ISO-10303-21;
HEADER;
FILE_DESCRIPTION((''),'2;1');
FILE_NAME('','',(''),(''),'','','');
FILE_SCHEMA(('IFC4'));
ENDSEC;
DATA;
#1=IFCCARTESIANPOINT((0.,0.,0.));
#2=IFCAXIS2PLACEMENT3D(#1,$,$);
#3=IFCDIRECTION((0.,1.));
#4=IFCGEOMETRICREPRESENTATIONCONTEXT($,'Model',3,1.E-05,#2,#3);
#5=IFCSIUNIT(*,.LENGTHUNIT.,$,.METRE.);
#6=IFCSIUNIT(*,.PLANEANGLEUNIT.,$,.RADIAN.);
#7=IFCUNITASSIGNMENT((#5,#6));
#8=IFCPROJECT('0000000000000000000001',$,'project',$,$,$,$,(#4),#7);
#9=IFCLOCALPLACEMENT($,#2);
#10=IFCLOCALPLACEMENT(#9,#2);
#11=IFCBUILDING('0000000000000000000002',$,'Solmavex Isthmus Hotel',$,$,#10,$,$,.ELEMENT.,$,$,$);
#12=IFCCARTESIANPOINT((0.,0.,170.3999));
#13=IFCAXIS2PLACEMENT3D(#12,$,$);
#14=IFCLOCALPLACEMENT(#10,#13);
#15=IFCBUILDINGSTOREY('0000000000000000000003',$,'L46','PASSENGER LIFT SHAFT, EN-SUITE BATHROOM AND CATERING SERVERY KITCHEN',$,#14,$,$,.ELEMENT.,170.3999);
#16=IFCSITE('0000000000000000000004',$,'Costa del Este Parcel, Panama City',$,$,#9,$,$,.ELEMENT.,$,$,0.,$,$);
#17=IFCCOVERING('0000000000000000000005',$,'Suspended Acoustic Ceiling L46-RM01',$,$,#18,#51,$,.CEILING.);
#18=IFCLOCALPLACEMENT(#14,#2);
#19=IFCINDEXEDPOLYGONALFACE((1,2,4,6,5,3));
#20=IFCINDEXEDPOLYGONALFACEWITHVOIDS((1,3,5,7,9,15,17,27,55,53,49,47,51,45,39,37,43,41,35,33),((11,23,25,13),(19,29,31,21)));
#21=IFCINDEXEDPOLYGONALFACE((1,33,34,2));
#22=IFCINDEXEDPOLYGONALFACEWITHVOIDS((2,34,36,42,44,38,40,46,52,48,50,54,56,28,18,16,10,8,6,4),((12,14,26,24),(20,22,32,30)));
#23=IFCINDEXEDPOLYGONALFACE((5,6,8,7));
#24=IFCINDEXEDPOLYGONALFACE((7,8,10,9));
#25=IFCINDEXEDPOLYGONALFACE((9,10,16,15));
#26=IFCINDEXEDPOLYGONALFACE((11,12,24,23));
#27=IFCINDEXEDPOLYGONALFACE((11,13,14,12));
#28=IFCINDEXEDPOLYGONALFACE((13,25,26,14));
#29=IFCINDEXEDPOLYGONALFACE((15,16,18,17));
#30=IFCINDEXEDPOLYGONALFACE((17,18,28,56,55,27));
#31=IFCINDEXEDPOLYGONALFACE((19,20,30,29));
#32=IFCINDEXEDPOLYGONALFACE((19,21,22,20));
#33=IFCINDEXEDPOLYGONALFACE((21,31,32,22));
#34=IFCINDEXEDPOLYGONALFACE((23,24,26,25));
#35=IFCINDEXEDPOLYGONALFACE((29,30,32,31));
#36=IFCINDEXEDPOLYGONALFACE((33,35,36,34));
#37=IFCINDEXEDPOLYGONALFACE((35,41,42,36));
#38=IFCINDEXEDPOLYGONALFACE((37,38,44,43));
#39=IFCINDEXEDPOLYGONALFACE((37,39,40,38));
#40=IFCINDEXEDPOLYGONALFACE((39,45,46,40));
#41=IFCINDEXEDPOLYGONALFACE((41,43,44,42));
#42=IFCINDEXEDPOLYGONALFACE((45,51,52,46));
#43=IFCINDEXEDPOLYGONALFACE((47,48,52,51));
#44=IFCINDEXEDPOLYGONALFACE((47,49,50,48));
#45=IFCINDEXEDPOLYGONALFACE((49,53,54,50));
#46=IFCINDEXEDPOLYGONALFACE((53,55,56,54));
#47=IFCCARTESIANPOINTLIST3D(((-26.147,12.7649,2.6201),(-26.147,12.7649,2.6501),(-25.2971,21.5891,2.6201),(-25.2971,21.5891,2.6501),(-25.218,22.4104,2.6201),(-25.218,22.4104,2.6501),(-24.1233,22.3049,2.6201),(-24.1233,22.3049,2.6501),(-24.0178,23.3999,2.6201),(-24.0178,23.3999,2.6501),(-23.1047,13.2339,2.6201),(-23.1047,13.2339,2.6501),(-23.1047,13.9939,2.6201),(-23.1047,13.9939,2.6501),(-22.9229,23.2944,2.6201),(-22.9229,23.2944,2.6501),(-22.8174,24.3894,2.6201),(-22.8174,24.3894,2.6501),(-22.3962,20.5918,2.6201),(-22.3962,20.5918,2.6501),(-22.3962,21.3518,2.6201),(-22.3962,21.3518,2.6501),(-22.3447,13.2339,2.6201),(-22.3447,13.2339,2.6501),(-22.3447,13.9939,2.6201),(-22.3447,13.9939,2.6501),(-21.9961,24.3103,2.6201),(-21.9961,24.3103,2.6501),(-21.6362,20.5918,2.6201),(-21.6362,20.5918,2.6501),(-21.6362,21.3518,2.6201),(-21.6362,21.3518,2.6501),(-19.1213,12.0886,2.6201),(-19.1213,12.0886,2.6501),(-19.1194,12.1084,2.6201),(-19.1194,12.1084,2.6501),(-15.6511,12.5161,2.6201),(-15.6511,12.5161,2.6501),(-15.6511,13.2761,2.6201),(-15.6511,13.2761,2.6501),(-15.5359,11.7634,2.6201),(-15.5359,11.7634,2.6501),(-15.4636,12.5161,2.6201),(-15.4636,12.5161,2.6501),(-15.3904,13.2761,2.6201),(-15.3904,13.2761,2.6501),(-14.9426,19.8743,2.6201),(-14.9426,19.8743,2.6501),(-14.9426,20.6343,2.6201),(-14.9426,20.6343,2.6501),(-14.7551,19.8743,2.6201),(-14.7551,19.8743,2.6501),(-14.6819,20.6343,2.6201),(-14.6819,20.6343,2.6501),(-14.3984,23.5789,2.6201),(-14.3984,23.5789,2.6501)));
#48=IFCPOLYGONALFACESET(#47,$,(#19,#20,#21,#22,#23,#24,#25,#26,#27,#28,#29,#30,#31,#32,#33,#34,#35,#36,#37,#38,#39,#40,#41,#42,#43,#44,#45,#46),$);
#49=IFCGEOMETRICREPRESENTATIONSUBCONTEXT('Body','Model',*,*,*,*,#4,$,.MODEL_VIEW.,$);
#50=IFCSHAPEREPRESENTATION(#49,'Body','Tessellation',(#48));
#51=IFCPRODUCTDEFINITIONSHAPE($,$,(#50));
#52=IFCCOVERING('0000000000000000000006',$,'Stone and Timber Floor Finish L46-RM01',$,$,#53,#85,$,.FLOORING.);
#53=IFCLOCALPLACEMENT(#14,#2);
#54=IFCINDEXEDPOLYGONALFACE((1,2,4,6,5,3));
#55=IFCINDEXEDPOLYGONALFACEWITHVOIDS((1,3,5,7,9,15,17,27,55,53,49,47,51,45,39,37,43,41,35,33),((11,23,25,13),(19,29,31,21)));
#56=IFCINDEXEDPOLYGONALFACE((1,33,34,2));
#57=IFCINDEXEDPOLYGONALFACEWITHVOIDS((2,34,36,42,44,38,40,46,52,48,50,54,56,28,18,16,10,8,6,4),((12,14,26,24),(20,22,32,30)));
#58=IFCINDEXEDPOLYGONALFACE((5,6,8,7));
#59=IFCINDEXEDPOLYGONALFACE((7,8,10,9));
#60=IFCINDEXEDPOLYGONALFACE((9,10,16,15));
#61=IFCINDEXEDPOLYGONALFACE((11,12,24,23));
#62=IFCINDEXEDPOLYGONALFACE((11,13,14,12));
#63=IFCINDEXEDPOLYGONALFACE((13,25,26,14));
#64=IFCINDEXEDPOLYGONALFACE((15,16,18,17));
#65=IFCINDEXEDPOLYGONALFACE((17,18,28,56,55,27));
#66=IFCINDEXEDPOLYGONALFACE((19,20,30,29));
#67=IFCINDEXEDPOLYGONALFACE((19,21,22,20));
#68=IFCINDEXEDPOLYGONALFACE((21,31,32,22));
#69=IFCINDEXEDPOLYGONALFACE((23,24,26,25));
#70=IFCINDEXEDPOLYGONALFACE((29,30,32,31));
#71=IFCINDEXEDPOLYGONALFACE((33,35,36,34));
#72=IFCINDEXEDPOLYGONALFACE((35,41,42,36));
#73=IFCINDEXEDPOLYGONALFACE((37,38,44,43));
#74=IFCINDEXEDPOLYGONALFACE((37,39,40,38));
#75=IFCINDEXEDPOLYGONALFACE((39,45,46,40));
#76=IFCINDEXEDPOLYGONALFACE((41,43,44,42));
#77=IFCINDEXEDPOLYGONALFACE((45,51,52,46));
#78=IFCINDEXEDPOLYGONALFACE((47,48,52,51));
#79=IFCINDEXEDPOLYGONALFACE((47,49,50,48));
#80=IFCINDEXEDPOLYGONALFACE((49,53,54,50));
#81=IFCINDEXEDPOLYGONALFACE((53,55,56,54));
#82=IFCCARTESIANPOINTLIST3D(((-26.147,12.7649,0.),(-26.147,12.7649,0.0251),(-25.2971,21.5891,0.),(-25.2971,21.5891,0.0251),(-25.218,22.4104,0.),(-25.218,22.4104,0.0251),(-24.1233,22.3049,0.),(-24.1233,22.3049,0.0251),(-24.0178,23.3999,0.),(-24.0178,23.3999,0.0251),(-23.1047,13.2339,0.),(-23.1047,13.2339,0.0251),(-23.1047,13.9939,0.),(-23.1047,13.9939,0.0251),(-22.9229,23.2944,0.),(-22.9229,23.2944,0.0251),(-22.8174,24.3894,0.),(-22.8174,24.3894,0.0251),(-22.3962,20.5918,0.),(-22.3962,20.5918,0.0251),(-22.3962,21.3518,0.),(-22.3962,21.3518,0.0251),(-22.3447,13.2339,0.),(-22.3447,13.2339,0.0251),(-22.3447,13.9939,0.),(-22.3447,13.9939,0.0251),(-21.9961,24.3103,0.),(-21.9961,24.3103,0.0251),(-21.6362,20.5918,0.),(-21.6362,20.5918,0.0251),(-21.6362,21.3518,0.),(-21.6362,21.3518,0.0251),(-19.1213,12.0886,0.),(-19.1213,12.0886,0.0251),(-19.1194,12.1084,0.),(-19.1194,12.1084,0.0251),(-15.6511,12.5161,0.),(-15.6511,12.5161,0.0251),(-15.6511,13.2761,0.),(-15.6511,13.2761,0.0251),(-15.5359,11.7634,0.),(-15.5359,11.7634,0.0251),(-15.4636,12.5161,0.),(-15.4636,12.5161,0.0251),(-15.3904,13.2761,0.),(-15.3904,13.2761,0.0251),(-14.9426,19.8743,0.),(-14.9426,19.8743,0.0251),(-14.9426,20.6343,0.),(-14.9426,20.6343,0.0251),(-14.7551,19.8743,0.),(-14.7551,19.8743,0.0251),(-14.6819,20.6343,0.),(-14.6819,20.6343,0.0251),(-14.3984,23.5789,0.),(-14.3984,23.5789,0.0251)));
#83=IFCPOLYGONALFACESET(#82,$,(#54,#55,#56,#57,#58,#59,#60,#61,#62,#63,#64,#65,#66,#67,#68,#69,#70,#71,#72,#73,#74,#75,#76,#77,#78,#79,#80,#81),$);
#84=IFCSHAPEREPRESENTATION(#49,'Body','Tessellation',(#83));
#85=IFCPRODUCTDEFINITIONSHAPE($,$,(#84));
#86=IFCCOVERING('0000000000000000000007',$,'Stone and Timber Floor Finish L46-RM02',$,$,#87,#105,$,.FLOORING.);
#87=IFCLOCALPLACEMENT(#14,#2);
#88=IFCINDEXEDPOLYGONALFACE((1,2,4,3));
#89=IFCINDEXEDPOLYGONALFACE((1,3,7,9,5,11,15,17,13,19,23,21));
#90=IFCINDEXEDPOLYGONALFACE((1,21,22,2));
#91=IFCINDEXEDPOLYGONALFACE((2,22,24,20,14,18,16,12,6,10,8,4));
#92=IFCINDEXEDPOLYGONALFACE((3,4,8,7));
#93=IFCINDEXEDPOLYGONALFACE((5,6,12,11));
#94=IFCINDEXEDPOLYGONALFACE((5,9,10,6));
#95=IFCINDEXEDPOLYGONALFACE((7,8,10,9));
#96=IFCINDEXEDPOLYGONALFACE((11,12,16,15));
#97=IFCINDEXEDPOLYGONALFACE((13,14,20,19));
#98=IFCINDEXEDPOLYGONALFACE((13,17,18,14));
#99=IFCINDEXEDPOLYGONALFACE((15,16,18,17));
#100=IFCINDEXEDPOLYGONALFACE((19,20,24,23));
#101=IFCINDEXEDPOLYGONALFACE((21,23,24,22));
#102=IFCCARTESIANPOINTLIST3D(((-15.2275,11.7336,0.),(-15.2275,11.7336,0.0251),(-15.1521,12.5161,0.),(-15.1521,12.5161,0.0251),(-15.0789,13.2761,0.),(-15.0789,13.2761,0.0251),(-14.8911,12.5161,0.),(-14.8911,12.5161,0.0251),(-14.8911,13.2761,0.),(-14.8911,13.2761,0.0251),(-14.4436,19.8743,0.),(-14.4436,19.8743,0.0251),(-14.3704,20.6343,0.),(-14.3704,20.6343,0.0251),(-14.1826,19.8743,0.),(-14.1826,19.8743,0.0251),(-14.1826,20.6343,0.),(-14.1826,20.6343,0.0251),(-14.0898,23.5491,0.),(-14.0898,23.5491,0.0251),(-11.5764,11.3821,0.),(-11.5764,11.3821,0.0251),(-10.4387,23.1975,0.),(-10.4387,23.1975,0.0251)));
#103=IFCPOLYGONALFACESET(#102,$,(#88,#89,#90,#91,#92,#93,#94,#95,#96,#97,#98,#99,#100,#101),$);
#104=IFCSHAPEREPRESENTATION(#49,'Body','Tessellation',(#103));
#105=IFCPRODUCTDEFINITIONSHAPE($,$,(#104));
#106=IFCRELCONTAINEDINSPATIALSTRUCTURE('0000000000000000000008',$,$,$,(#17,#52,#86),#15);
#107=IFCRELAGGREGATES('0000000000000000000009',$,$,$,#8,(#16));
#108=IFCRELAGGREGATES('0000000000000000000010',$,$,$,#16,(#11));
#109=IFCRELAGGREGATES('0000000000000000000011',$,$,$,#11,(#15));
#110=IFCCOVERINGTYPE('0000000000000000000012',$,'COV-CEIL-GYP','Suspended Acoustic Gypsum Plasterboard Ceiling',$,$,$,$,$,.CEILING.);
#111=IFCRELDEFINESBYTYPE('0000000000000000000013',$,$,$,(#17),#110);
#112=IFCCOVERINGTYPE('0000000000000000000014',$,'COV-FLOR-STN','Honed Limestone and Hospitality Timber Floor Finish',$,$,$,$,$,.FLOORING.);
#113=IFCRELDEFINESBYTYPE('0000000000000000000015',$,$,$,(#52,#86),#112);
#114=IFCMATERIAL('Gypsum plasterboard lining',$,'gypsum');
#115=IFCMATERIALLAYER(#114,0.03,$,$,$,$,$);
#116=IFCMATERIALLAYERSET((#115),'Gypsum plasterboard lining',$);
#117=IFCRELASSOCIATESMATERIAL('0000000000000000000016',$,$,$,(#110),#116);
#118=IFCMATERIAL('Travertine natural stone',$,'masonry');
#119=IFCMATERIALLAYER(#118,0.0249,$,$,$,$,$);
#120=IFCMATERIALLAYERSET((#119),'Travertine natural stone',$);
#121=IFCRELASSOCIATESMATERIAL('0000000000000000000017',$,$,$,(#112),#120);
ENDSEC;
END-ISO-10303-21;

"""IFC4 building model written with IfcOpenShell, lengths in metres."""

from ifc_helpers import new_model, si_unit, direction, frame, origin, place, context, subcontext, project, spatial, polyline, outline, extrude, material, layer, layer_set, type_object, element, save


model = new_model("IFC4")

# Units and contexts
model_context = context("Model", 3, precision=1e-05, world=origin(), true_north=direction((0.0, 1.0)))
body_context = subcontext(model_context, "Body", "Model", "MODEL_VIEW")
ifc_project = project(units=[si_unit("LENGTHUNIT", "METRE"), si_unit("PLANEANGLEUNIT", "RADIAN")], contexts=[model_context])

# Site, building, storey
site_placement = place(None, origin())
site = spatial("IfcSite", under=ifc_project, at=site_placement, Name="Costa del Este Parcel, Panama City", CompositionType="ELEMENT", RefElevation=0.0)
building_placement = place(site_placement, origin())
building = spatial("IfcBuilding", under=site, at=building_placement, Name="Solmavex Isthmus Hotel", CompositionType="ELEMENT")
storey_placement = place(building_placement, frame((0.0, 0.0, 170.3999)))
storey = spatial("IfcBuildingStorey", under=building, at=storey_placement, Name="L46", Description="PASSENGER LIFT SHAFT, EN-SUITE BATHROOM AND CATERING SERVERY KITCHEN", CompositionType="ELEMENT", Elevation=170.3999)

# Shared definitions
ifc_material_1 = material(Name="Gypsum plasterboard lining", Category="gypsum")

# Coverings
ifc_layer_1 = layer(ifc_material_1, 0.03)
ifc_layer_set_1 = layer_set([ifc_layer_1], Name="Gypsum plasterboard lining")
covering_type_1 = type_object("IfcCoveringType", Name="COV-CEIL-GYP", Description="Suspended Acoustic Gypsum Plasterboard Ceiling", PredefinedType="CEILING", material=ifc_layer_set_1)
covering_1_placement = place(storey_placement, frame((0.0, 0.0, 2.6201)))
element("IfcCovering", 1, at=covering_1_placement, inside=storey, type_object=covering_type_1, Name="Suspended Acoustic Ceiling L46-RM01", PredefinedType="CEILING", context=body_context, shape_type="SweptSolid", body=[
    extrude(outline(polyline([(-19.1213, 12.0886), (-19.1194, 12.1084), (-15.5359, 11.7634), (-15.4636, 12.5161), (-15.6511, 12.5161), (-15.6511, 13.2761), (-15.3904, 13.2761), (-14.7551, 19.8743), (-14.9426, 19.8743), (-14.9426, 20.6343), (-14.6819, 20.6343), (-14.3984, 23.5789), (-21.9961, 24.3103), (-22.8174, 24.3894), (-22.9229, 23.2944), (-24.0178, 23.3999), (-24.1233, 22.3049), (-25.218, 22.4104), (-25.2971, 21.5891), (-26.147, 12.7649), (-19.1213, 12.0886)]), holes=[polyline([(-22.3962, 20.5918), (-22.3962, 21.3518), (-21.6362, 21.3518), (-21.6362, 20.5918), (-22.3962, 20.5918)]), polyline([(-23.1047, 13.2339), (-23.1047, 13.9939), (-22.3447, 13.9939), (-22.3447, 13.2339), (-23.1047, 13.2339)])]), origin(), (0.0, 0.0, 1.0), 0.03),
])
ifc_material_2 = material(Name="Travertine natural stone", Category="masonry")
ifc_layer_2 = layer(ifc_material_2, 0.0249)
ifc_layer_set_2 = layer_set([ifc_layer_2], Name="Travertine natural stone")
covering_type_2 = type_object("IfcCoveringType", Name="COV-FLOR-STN", Description="Honed Limestone and Hospitality Timber Floor Finish", PredefinedType="FLOORING", material=ifc_layer_set_2)
covering_2_placement = place(storey_placement, origin())
element("IfcCovering", 2, at=covering_2_placement, inside=storey, type_object=covering_type_2, Name="Stone and Timber Floor Finish L46-RM01", PredefinedType="FLOORING", context=body_context, shape_type="SweptSolid", body=[
    extrude(outline(polyline([(-19.1213, 12.0886), (-19.1194, 12.1084), (-15.5359, 11.7634), (-15.4636, 12.5161), (-15.6511, 12.5161), (-15.6511, 13.2761), (-15.3904, 13.2761), (-14.7551, 19.8743), (-14.9426, 19.8743), (-14.9426, 20.6343), (-14.6819, 20.6343), (-14.3984, 23.5789), (-21.9961, 24.3103), (-22.8174, 24.3894), (-22.9229, 23.2944), (-24.0178, 23.3999), (-24.1233, 22.3049), (-25.218, 22.4104), (-25.2971, 21.5891), (-26.147, 12.7649), (-19.1213, 12.0886)]), holes=[polyline([(-22.3962, 20.5918), (-22.3962, 21.3518), (-21.6362, 21.3518), (-21.6362, 20.5918), (-22.3962, 20.5918)]), polyline([(-23.1047, 13.2339), (-23.1047, 13.9939), (-22.3447, 13.9939), (-22.3447, 13.2339), (-23.1047, 13.2339)])]), origin(), (0.0, 0.0, 1.0), 0.0251),
])
covering_3_placement = place(storey_placement, origin())
element("IfcCovering", 3, at=covering_3_placement, inside=storey, type_object=covering_type_2, Name="Stone and Timber Floor Finish L46-RM02", PredefinedType="FLOORING", context=body_context, shape_type="SweptSolid", body=[
    extrude(outline(polyline([(-15.0789, 13.2761), (-14.8911, 13.2761), (-14.8911, 12.5161), (-15.1521, 12.5161), (-15.2275, 11.7336), (-11.5764, 11.3821), (-10.4387, 23.1975), (-14.0898, 23.5491), (-14.3704, 20.6343), (-14.1826, 20.6343), (-14.1826, 19.8743), (-14.4436, 19.8743), (-15.0789, 13.2761)])), origin(), (0.0, 0.0, 1.0), 0.0251),
])

save(model, "model.ifc")
